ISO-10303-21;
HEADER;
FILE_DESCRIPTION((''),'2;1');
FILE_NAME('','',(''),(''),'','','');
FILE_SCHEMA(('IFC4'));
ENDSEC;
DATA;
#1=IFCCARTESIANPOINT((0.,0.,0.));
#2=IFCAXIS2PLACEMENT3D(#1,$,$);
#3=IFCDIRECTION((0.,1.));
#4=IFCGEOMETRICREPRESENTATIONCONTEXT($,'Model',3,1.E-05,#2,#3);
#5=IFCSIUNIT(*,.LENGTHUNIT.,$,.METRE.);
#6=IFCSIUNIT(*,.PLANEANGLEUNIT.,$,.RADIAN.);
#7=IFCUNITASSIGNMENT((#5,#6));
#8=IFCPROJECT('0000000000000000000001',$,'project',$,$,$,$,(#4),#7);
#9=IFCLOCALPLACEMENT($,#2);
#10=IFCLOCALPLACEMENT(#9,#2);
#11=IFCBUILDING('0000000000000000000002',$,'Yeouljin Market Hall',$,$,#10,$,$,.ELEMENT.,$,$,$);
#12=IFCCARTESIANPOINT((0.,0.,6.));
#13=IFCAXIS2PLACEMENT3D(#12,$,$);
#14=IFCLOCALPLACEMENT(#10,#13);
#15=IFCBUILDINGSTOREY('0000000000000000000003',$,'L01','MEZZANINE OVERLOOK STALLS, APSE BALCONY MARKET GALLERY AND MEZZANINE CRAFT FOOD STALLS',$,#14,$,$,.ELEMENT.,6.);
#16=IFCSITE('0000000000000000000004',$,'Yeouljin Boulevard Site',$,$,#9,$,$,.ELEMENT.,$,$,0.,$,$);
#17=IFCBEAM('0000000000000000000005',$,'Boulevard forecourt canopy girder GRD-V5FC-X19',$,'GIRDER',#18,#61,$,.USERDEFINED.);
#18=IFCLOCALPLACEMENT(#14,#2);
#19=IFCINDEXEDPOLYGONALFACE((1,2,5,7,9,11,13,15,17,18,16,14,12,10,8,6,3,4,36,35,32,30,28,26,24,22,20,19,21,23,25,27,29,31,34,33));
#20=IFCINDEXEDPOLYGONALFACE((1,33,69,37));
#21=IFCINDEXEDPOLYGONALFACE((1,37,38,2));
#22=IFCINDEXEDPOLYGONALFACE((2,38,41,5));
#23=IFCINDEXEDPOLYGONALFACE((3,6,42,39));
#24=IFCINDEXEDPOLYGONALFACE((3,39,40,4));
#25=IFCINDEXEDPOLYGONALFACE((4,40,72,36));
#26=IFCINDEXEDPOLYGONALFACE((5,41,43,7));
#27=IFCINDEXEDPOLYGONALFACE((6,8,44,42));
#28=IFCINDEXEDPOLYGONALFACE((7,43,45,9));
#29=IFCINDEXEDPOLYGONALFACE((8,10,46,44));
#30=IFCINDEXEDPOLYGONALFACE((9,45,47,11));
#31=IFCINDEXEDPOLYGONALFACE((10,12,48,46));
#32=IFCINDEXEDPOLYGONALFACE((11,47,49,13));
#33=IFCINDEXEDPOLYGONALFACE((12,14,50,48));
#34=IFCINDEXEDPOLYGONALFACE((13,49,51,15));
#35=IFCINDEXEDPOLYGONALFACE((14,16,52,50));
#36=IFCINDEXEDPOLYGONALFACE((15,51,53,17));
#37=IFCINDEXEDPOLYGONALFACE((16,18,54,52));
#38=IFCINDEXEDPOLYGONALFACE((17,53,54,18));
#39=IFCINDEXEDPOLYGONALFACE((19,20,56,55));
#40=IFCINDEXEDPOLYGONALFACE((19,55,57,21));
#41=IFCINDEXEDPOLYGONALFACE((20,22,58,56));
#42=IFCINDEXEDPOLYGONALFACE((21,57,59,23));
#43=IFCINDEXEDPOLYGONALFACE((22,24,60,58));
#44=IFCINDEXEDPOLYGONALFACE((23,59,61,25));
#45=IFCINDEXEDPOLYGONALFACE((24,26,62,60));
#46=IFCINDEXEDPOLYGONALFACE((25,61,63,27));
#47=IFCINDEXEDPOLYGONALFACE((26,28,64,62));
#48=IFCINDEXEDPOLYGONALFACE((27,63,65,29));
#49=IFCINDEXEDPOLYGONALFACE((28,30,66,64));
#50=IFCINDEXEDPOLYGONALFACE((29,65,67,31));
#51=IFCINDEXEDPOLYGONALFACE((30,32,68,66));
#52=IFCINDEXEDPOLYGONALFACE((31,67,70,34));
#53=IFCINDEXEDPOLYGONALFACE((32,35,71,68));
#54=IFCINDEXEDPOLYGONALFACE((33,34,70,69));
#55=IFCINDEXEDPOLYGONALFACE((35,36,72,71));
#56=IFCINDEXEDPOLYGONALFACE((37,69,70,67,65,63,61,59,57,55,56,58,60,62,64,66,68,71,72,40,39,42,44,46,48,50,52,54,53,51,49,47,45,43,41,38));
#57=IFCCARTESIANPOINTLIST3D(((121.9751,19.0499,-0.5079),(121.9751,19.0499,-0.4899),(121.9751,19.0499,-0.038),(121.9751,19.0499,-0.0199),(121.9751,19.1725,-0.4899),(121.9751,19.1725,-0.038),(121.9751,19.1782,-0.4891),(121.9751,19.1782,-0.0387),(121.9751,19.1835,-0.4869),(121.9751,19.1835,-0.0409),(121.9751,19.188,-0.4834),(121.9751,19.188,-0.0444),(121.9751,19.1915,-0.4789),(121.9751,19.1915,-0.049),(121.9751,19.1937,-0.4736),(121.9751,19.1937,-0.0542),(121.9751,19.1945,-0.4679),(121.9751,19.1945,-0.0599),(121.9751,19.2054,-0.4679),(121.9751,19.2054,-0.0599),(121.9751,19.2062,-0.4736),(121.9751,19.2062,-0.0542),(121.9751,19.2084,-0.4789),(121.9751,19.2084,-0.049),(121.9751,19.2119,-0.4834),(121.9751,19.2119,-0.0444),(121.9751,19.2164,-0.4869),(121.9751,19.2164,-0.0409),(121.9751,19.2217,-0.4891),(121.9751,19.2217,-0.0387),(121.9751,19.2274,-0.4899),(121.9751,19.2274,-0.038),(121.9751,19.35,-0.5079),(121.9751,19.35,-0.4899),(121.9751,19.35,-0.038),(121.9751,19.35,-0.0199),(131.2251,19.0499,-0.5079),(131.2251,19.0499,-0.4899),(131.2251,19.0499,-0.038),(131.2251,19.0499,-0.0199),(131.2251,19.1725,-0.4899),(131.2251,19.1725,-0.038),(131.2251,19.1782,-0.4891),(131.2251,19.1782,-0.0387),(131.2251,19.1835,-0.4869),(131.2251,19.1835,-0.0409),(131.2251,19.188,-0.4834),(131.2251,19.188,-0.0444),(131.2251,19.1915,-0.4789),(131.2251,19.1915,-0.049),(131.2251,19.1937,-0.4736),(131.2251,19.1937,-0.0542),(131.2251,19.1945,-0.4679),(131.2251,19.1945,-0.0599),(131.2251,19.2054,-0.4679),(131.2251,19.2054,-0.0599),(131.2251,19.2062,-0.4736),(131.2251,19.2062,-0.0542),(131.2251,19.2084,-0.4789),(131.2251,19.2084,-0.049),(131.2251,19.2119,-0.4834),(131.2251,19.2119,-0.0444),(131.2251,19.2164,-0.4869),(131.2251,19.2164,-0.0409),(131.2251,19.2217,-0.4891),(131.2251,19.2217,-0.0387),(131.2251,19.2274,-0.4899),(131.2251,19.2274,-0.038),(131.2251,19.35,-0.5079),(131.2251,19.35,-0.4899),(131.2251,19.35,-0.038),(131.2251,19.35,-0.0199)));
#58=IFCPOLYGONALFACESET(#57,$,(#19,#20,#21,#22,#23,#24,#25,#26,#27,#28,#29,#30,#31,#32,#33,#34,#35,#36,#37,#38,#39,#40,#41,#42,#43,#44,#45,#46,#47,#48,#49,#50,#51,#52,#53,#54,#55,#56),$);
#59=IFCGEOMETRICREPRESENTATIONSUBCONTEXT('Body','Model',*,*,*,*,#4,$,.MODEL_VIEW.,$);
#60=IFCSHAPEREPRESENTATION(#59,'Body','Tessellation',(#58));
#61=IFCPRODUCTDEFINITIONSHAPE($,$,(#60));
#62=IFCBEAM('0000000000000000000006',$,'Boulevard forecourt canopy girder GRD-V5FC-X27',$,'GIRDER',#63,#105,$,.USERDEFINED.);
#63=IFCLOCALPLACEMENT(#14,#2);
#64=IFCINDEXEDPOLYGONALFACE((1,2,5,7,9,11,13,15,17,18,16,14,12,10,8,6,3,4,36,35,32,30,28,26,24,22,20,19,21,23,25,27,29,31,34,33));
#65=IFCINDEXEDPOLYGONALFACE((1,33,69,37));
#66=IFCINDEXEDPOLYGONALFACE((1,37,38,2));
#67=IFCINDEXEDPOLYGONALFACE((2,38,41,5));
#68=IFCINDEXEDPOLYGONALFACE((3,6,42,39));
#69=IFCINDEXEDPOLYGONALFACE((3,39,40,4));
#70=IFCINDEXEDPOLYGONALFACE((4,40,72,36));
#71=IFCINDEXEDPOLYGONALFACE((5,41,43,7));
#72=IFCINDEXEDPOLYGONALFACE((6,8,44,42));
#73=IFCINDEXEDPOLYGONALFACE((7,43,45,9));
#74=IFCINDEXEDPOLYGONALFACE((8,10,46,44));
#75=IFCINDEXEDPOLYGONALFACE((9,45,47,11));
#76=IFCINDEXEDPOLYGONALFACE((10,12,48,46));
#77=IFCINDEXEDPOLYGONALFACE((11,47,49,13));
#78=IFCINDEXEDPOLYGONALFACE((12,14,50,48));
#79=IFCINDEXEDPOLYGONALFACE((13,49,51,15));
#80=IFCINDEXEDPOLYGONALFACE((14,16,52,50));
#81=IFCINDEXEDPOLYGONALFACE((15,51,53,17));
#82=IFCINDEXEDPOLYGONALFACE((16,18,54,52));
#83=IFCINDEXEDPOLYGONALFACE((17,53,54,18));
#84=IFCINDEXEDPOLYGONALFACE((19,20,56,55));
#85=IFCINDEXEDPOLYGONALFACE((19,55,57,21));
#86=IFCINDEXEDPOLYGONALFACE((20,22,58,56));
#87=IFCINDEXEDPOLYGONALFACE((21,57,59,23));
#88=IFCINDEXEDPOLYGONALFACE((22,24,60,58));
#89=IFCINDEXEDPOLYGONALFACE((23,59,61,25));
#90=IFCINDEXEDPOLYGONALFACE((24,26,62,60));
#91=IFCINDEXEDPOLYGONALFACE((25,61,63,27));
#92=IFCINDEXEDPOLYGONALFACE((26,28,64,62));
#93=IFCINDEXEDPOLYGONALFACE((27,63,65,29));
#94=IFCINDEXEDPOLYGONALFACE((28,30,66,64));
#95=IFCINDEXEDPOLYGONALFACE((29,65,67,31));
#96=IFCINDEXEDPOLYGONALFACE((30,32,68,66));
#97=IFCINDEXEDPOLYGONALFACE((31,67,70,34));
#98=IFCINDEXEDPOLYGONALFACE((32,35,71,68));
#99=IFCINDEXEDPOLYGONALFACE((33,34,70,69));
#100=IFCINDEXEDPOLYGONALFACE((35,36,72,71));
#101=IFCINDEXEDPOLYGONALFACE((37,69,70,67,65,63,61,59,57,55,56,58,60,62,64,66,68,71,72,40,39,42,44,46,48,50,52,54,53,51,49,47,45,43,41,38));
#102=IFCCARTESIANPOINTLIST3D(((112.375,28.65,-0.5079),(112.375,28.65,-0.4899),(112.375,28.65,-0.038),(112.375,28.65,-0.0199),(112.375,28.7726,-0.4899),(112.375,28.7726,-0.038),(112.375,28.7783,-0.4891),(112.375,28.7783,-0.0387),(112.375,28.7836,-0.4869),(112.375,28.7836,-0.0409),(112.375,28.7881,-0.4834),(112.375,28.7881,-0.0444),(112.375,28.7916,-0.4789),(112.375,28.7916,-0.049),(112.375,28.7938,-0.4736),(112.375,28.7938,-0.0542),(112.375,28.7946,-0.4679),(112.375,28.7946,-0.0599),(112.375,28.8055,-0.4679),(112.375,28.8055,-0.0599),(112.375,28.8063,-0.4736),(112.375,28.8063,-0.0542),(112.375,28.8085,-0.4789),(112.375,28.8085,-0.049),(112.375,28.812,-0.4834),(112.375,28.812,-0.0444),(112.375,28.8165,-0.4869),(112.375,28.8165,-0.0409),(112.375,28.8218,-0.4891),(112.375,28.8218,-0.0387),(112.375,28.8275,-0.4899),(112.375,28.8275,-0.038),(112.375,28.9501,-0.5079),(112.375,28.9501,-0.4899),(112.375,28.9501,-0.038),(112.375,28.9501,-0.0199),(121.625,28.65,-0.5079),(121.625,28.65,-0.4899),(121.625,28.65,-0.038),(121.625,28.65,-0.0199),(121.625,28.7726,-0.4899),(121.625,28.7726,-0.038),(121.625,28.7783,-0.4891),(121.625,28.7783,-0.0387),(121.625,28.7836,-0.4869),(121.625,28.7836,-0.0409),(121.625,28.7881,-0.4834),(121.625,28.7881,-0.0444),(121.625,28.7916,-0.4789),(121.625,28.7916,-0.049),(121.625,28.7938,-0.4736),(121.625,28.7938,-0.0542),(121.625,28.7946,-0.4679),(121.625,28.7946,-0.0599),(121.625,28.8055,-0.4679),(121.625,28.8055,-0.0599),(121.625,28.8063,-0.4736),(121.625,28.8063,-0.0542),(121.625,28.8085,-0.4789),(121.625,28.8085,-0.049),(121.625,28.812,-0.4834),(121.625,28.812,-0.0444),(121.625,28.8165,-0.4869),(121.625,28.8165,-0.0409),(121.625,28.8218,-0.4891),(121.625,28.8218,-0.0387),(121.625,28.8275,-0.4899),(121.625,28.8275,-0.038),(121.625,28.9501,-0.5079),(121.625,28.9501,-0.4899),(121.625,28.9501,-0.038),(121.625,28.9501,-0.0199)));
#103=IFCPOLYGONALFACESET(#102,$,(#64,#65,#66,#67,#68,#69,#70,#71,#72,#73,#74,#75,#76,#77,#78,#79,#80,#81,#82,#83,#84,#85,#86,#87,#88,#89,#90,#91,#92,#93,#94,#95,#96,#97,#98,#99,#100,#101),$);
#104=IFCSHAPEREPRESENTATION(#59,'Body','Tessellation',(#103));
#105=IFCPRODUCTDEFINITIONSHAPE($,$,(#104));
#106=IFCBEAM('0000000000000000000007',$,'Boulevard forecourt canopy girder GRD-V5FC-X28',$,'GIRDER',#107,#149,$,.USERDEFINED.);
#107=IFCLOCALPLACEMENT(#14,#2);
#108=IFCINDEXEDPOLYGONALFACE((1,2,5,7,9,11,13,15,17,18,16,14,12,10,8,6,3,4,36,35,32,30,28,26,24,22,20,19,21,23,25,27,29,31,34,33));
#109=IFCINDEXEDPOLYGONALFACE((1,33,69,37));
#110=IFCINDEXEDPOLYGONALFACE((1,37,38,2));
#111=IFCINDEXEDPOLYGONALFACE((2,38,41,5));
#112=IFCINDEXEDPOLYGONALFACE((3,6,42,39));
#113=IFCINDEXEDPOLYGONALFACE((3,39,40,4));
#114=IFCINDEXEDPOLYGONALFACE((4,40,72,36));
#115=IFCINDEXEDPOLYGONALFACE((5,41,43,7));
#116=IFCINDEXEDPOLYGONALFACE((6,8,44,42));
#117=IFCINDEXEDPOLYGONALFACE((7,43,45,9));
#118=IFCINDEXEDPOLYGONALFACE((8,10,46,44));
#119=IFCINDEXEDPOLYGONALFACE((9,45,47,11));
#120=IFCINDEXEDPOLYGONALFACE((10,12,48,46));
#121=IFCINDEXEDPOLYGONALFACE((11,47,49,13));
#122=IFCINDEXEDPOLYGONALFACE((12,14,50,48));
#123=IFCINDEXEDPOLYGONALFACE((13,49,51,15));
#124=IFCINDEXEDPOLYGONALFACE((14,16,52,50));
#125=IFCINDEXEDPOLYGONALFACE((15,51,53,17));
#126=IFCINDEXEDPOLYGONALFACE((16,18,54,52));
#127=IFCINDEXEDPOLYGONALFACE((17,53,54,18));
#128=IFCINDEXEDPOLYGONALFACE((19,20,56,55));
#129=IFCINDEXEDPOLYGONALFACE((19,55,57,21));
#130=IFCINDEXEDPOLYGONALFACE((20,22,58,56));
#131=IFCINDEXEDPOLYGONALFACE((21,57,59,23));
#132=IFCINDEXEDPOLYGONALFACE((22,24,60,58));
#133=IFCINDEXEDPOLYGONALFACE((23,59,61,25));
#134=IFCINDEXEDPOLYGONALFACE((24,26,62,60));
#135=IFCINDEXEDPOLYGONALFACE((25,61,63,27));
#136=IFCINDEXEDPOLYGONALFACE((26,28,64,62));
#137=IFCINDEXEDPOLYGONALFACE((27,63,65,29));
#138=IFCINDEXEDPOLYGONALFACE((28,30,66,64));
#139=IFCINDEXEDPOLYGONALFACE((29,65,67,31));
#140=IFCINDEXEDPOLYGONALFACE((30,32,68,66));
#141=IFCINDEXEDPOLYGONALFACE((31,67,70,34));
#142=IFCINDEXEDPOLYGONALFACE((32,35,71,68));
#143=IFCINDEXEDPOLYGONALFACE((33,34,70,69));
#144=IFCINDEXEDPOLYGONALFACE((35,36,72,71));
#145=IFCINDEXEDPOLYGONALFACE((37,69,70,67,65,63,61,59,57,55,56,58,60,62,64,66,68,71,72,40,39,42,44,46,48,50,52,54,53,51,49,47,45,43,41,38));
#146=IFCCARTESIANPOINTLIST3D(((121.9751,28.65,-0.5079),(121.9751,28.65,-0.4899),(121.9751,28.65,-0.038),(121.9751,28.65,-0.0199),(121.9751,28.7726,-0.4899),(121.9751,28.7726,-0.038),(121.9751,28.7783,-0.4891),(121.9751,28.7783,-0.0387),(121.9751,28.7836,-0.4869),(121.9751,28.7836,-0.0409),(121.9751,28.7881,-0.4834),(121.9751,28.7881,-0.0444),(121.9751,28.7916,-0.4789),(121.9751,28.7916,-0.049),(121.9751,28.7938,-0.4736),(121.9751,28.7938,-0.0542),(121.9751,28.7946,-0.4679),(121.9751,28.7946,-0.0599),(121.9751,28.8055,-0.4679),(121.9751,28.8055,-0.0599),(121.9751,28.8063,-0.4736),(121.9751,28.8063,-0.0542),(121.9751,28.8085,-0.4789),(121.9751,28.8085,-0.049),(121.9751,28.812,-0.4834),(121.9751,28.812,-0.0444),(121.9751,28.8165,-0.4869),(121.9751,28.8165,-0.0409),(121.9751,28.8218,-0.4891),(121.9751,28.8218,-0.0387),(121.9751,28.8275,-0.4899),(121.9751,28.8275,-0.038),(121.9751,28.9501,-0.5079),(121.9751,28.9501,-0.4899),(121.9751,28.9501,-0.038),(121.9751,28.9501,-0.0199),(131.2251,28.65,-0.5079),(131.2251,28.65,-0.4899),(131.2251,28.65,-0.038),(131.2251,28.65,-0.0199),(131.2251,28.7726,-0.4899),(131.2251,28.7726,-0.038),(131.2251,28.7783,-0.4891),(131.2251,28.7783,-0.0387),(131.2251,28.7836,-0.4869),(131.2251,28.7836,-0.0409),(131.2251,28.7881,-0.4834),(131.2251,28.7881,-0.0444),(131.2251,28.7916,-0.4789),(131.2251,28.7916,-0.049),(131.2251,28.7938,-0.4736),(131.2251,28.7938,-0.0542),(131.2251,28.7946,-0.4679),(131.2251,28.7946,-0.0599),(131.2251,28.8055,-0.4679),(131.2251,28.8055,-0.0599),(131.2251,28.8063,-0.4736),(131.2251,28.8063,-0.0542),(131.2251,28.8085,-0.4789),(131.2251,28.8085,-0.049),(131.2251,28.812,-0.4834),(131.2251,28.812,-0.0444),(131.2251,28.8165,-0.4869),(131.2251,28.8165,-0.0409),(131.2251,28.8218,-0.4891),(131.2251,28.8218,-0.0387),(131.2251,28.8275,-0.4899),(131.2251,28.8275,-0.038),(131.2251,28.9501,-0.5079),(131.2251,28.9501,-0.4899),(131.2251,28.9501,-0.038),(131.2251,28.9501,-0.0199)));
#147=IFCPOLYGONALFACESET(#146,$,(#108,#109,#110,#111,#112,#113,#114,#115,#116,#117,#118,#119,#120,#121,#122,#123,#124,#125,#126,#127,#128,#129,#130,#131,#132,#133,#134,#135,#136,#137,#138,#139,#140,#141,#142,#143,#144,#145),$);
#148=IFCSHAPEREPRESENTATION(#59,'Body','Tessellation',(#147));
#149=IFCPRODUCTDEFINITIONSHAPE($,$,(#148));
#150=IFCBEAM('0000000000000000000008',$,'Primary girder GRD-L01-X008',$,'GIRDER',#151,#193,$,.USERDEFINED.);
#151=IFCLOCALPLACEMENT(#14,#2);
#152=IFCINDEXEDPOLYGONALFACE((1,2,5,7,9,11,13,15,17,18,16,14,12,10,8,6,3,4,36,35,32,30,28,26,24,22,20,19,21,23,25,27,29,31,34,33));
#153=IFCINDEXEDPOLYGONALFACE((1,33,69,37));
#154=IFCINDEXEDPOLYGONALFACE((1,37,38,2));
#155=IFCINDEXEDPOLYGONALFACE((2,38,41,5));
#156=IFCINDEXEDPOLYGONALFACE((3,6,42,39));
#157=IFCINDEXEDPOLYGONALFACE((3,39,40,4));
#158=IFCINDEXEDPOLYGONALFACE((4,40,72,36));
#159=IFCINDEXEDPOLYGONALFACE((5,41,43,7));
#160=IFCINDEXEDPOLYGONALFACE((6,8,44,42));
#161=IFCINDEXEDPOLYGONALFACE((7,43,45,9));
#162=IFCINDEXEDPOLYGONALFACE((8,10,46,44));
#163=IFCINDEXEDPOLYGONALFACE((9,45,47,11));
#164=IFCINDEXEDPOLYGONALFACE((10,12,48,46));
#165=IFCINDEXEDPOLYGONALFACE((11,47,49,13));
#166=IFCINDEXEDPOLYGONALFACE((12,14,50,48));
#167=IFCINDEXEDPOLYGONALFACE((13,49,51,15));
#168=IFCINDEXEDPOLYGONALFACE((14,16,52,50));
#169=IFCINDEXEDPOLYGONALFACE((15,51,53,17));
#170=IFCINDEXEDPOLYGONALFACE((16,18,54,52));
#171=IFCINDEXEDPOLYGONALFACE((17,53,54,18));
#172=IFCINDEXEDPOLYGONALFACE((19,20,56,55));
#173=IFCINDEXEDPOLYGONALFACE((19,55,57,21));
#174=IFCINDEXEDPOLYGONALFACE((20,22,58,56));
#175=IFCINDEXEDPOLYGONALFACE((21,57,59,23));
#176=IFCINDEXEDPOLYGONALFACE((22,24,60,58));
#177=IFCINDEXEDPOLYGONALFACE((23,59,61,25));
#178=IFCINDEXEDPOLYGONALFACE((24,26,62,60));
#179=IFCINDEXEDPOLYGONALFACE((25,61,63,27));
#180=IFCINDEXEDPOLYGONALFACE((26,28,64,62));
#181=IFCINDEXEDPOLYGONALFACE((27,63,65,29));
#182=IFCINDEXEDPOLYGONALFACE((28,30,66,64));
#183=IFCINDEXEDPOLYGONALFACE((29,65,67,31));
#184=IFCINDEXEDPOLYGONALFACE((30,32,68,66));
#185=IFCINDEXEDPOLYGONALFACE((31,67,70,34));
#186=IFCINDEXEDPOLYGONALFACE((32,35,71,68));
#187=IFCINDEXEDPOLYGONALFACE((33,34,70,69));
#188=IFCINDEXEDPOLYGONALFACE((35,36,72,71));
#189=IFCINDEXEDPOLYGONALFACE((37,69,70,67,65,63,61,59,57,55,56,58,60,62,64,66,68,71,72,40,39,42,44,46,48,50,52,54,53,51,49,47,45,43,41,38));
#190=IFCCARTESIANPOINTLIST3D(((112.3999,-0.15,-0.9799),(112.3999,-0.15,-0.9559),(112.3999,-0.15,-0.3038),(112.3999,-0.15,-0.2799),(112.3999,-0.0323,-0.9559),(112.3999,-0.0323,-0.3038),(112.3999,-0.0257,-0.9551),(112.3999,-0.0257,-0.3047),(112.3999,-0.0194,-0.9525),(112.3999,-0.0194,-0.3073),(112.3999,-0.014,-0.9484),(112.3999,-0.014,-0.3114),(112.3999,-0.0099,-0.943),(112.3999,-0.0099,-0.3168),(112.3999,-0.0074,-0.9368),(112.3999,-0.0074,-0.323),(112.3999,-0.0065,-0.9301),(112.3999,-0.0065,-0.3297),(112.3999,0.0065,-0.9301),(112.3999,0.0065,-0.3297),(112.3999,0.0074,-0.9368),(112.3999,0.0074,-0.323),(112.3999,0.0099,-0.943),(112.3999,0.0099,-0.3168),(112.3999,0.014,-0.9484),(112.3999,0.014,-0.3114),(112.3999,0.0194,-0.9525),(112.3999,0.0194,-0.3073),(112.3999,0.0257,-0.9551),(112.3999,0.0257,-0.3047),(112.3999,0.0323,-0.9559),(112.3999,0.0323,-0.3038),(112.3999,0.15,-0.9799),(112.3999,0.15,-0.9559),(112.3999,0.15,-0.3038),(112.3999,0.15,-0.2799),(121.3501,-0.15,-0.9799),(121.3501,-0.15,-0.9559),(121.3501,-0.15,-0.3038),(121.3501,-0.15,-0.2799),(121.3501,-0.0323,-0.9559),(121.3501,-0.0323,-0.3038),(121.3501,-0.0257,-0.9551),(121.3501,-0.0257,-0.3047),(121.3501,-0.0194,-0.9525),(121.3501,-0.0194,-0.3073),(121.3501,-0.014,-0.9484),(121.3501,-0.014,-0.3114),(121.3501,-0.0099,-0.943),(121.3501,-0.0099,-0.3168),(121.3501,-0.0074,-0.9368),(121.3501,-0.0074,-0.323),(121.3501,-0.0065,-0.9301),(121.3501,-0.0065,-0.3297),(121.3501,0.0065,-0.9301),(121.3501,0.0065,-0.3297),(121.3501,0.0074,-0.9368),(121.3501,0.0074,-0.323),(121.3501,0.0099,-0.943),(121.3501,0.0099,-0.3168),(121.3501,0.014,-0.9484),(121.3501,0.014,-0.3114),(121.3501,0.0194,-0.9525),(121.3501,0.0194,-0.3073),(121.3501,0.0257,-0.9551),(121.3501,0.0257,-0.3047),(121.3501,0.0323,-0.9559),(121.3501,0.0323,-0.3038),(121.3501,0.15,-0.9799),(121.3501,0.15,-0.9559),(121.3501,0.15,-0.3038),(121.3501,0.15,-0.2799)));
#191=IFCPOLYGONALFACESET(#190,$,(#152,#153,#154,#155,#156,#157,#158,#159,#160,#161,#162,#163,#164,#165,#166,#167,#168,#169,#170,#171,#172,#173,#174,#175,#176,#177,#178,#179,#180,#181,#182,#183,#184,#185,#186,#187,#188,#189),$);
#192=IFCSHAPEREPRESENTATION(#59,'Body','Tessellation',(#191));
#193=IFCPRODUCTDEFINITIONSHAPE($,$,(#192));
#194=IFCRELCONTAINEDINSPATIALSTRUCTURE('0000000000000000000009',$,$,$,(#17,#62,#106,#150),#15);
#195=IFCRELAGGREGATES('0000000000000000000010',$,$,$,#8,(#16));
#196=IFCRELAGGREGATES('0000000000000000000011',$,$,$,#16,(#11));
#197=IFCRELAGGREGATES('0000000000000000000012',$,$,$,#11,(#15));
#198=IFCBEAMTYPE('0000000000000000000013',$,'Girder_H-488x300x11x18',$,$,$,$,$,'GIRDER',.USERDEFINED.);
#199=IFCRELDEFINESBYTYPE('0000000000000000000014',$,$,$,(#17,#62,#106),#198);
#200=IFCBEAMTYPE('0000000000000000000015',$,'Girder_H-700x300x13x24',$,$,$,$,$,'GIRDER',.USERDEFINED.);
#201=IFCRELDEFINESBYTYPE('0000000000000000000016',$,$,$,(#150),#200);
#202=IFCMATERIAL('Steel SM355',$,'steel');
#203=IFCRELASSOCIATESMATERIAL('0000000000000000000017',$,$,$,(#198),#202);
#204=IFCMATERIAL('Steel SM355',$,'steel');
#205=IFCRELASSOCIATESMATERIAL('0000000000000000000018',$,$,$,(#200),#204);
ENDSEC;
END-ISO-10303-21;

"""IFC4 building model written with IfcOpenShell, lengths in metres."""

from ifc_helpers import new_model, si_unit, direction, frame, origin, origin_2d, place, context, subcontext, project, spatial, i_section, extrude, material, material_profile, profile_set, type_object, element, save


model = new_model("IFC4")

# Units and contexts
model_context = context("Model", 3, precision=1e-05, world=origin(), true_north=direction((0.0, 1.0)))
body_context = subcontext(model_context, "Body", "Model", "MODEL_VIEW")
ifc_project = project(units=[si_unit("LENGTHUNIT", "METRE"), si_unit("PLANEANGLEUNIT", "RADIAN")], contexts=[model_context])

# Site, building, storey
site_placement = place(None, origin())
site = spatial("IfcSite", under=ifc_project, at=site_placement, Name="Yeouljin Boulevard Site", CompositionType="ELEMENT", RefElevation=0.0)
building_placement = place(site_placement, origin())
building = spatial("IfcBuilding", under=site, at=building_placement, Name="Yeouljin Market Hall", CompositionType="ELEMENT")
storey_placement = place(building_placement, frame((0.0, 0.0, 6.0)))
storey = spatial("IfcBuildingStorey", under=building, at=storey_placement, Name="L01", Description="MEZZANINE OVERLOOK STALLS, APSE BALCONY MARKET GALLERY AND MEZZANINE CRAFT FOOD STALLS", CompositionType="ELEMENT", Elevation=6.0)

# Beams
ifc_material_1 = material(Name="Steel SM355", Category="steel")
ifc_material_profile_1 = material_profile(ifc_material_1, i_section(OverallWidth=0.3, OverallDepth=0.488, WebThickness=0.011, FlangeThickness=0.0181, FilletRadius=0.022, at=origin_2d()), Name="H-488x300x11x18")
ifc_profile_set_1 = profile_set([ifc_material_profile_1], Name="Steel SM355")
beam_type_1 = type_object("IfcBeamType", Name="Girder_H-488x300x11x18", ElementType="GIRDER", PredefinedType="USERDEFINED", material=ifc_profile_set_1)
for number, where, z_axis, x_axis, name in (
    (1, (121.9751, 19.2, -0.2639), (1.0, 0.0, 0.0), (0.0, 1.0, 0.0), "Boulevard forecourt canopy girder GRD-V5FC-X19"),
    (2, (112.375, 28.8, -0.2639), (1.0, 0.0, 0.0), (0.0, 1.0, 0.0), "Boulevard forecourt canopy girder GRD-V5FC-X27"),
    (3, (121.9751, 28.8, -0.2639), (1.0, 0.0, 0.0), (0.0, 1.0, 0.0), "Boulevard forecourt canopy girder GRD-V5FC-X28"),
):
    element("IfcBeam", number, at=place(storey_placement, frame(where, z_axis=z_axis, x_axis=x_axis)), inside=storey, type_object=beam_type_1, Name=name, ObjectType="GIRDER", PredefinedType="USERDEFINED", context=body_context, shape_type="SweptSolid", body=[
        extrude(i_section(OverallWidth=0.3, OverallDepth=0.488, WebThickness=0.011, FlangeThickness=0.0181, FilletRadius=0.022, at=origin_2d()), origin(), (0.0, 0.0, 1.0), 9.25),
    ])
ifc_material_2 = material(Name="Steel SM355", Category="steel")
ifc_material_profile_2 = material_profile(ifc_material_2, i_section(OverallWidth=0.3, OverallDepth=0.7, WebThickness=0.0129, FlangeThickness=0.0239, FilletRadius=0.0259, at=origin_2d()), Name="H-700x300x13x24")
ifc_profile_set_2 = profile_set([ifc_material_profile_2], Name="Steel SM355")
beam_type_2 = type_object("IfcBeamType", Name="Girder_H-700x300x13x24", ElementType="GIRDER", PredefinedType="USERDEFINED", material=ifc_profile_set_2)
beam_1_placement = place(storey_placement, frame((112.3999, 0.0, -0.6299), z_axis=(1.0, 0.0, 0.0), x_axis=(0.0, 1.0, 0.0)))
element("IfcBeam", 4, at=beam_1_placement, inside=storey, type_object=beam_type_2, Name="Primary girder GRD-L01-X008", ObjectType="GIRDER", PredefinedType="USERDEFINED", context=body_context, shape_type="SweptSolid", body=[
    extrude(i_section(OverallWidth=0.3, OverallDepth=0.7, WebThickness=0.0129, FlangeThickness=0.0239, FilletRadius=0.0259, at=origin_2d()), origin(), (0.0, 0.0, 1.0), 8.9502),
])

save(model, "model.ifc")
